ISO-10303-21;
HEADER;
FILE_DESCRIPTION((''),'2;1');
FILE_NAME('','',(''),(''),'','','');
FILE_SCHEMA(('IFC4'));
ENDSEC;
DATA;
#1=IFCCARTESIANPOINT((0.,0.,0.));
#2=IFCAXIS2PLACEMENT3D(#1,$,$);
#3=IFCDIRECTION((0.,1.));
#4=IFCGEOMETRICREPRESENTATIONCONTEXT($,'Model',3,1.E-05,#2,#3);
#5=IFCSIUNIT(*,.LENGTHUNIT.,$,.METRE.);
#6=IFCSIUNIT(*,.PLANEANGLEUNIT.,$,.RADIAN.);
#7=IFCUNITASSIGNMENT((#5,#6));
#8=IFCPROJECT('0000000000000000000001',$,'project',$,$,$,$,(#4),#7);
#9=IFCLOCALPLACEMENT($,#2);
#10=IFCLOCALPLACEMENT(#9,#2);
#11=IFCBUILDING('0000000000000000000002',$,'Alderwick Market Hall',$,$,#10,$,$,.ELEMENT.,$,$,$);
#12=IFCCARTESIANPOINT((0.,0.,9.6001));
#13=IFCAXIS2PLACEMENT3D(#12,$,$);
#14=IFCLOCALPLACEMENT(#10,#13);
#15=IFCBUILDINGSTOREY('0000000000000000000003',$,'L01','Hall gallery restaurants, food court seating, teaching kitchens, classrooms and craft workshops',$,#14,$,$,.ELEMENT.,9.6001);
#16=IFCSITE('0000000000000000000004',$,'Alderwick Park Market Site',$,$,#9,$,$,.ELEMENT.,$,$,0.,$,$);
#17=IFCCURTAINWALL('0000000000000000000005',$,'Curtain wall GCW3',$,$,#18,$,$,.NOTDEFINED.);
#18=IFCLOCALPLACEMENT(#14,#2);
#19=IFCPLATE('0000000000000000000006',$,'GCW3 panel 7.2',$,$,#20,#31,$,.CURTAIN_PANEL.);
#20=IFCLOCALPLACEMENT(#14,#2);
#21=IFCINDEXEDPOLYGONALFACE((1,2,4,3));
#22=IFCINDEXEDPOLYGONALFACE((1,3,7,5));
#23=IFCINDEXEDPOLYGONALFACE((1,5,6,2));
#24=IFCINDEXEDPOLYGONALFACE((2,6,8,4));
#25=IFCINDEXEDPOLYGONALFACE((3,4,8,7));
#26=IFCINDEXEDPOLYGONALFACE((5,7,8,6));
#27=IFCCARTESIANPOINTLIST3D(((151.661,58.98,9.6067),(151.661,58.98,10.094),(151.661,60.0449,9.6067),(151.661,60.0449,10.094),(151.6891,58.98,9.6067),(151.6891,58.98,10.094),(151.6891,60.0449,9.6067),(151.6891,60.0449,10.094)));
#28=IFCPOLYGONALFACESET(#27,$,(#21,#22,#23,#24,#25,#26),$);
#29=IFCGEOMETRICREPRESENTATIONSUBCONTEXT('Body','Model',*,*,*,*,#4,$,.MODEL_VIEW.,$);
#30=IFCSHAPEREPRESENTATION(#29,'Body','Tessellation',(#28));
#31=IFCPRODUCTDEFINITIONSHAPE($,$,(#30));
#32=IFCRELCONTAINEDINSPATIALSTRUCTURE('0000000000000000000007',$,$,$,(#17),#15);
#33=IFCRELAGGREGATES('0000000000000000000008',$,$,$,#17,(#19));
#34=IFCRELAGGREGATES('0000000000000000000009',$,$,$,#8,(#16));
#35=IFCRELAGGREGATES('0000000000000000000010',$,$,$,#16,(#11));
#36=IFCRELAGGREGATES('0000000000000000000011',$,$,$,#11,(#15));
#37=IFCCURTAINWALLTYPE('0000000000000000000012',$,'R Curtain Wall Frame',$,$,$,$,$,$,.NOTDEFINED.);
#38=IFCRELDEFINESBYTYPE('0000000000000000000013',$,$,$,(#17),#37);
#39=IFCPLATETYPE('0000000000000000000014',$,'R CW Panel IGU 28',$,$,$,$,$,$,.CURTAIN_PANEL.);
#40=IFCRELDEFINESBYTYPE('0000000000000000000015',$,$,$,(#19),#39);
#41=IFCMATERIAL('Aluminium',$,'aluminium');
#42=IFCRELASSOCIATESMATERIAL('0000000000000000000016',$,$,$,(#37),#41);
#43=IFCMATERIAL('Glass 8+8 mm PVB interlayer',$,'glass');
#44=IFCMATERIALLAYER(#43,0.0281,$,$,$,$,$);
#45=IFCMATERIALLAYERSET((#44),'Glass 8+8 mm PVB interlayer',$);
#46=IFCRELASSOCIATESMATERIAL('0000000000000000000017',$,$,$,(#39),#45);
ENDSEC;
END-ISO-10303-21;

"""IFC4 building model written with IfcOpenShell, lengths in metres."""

from ifc_helpers import new_model, si_unit, direction, frame, origin, origin_2d, place, context, subcontext, project, spatial, rectangle, extrude, material, layer, layer_set, type_object, element, aggregate, save


model = new_model("IFC4")

# Units and contexts
model_context = context("Model", 3, precision=1e-05, world=origin(), true_north=direction((0.0, 1.0)))
body_context = subcontext(model_context, "Body", "Model", "MODEL_VIEW")
ifc_project = project(units=[si_unit("LENGTHUNIT", "METRE"), si_unit("PLANEANGLEUNIT", "RADIAN")], contexts=[model_context])

# Site, building, storey
site_placement = place(None, origin())
site = spatial("IfcSite", under=ifc_project, at=site_placement, Name="Alderwick Park Market Site", CompositionType="ELEMENT", RefElevation=0.0)
building_placement = place(site_placement, origin())
building = spatial("IfcBuilding", under=site, at=building_placement, Name="Alderwick Market Hall", CompositionType="ELEMENT")
storey_placement = place(building_placement, frame((0.0, 0.0, 9.6001)))
storey = spatial("IfcBuildingStorey", under=building, at=storey_placement, Name="L01", Description="Hall gallery restaurants, food court seating, teaching kitchens, classrooms and craft workshops", CompositionType="ELEMENT", Elevation=9.6001)

# Shared definitions
ifc_material_1 = material(Name="Aluminium", Category="aluminium")
curtain_wall_type = type_object("IfcCurtainWallType", Name="R Curtain Wall Frame", PredefinedType="NOTDEFINED", material=ifc_material_1)

# Curtain wall
curtain_wall_1_placement = place(storey_placement, origin())
curtain_wall_1 = element("IfcCurtainWall", 1, at=curtain_wall_1_placement, inside=storey, type_object=curtain_wall_type, Name="Curtain wall GCW3", PredefinedType="NOTDEFINED")

# Plate
ifc_material_2 = material(Name="Glass 8+8 mm PVB interlayer", Category="glass")
ifc_layer = layer(ifc_material_2, 0.0281)
ifc_layer_set = layer_set([ifc_layer], Name="Glass 8+8 mm PVB interlayer")
plate_type = type_object("IfcPlateType", Name="R CW Panel IGU 28", PredefinedType="CURTAIN_PANEL", material=ifc_layer_set)
plate_1_placement = place(storey_placement, frame((151.675, 59.5125, 9.6067), z_axis=(0.0, 0.0, 1.0), x_axis=(1.0, 0.0, 0.0)))
plate_1 = element("IfcPlate", 2, at=plate_1_placement, type_object=plate_type, Name="GCW3 panel 7.2", PredefinedType="CURTAIN_PANEL", context=body_context, shape_type="SweptSolid", body=[
    extrude(rectangle(XDim=0.0281, YDim=1.0649, at=origin_2d()), origin(), (0.0, 0.0, 1.0), 0.4873),
])
aggregate(curtain_wall_1, [plate_1])

save(model, "model.ifc")
